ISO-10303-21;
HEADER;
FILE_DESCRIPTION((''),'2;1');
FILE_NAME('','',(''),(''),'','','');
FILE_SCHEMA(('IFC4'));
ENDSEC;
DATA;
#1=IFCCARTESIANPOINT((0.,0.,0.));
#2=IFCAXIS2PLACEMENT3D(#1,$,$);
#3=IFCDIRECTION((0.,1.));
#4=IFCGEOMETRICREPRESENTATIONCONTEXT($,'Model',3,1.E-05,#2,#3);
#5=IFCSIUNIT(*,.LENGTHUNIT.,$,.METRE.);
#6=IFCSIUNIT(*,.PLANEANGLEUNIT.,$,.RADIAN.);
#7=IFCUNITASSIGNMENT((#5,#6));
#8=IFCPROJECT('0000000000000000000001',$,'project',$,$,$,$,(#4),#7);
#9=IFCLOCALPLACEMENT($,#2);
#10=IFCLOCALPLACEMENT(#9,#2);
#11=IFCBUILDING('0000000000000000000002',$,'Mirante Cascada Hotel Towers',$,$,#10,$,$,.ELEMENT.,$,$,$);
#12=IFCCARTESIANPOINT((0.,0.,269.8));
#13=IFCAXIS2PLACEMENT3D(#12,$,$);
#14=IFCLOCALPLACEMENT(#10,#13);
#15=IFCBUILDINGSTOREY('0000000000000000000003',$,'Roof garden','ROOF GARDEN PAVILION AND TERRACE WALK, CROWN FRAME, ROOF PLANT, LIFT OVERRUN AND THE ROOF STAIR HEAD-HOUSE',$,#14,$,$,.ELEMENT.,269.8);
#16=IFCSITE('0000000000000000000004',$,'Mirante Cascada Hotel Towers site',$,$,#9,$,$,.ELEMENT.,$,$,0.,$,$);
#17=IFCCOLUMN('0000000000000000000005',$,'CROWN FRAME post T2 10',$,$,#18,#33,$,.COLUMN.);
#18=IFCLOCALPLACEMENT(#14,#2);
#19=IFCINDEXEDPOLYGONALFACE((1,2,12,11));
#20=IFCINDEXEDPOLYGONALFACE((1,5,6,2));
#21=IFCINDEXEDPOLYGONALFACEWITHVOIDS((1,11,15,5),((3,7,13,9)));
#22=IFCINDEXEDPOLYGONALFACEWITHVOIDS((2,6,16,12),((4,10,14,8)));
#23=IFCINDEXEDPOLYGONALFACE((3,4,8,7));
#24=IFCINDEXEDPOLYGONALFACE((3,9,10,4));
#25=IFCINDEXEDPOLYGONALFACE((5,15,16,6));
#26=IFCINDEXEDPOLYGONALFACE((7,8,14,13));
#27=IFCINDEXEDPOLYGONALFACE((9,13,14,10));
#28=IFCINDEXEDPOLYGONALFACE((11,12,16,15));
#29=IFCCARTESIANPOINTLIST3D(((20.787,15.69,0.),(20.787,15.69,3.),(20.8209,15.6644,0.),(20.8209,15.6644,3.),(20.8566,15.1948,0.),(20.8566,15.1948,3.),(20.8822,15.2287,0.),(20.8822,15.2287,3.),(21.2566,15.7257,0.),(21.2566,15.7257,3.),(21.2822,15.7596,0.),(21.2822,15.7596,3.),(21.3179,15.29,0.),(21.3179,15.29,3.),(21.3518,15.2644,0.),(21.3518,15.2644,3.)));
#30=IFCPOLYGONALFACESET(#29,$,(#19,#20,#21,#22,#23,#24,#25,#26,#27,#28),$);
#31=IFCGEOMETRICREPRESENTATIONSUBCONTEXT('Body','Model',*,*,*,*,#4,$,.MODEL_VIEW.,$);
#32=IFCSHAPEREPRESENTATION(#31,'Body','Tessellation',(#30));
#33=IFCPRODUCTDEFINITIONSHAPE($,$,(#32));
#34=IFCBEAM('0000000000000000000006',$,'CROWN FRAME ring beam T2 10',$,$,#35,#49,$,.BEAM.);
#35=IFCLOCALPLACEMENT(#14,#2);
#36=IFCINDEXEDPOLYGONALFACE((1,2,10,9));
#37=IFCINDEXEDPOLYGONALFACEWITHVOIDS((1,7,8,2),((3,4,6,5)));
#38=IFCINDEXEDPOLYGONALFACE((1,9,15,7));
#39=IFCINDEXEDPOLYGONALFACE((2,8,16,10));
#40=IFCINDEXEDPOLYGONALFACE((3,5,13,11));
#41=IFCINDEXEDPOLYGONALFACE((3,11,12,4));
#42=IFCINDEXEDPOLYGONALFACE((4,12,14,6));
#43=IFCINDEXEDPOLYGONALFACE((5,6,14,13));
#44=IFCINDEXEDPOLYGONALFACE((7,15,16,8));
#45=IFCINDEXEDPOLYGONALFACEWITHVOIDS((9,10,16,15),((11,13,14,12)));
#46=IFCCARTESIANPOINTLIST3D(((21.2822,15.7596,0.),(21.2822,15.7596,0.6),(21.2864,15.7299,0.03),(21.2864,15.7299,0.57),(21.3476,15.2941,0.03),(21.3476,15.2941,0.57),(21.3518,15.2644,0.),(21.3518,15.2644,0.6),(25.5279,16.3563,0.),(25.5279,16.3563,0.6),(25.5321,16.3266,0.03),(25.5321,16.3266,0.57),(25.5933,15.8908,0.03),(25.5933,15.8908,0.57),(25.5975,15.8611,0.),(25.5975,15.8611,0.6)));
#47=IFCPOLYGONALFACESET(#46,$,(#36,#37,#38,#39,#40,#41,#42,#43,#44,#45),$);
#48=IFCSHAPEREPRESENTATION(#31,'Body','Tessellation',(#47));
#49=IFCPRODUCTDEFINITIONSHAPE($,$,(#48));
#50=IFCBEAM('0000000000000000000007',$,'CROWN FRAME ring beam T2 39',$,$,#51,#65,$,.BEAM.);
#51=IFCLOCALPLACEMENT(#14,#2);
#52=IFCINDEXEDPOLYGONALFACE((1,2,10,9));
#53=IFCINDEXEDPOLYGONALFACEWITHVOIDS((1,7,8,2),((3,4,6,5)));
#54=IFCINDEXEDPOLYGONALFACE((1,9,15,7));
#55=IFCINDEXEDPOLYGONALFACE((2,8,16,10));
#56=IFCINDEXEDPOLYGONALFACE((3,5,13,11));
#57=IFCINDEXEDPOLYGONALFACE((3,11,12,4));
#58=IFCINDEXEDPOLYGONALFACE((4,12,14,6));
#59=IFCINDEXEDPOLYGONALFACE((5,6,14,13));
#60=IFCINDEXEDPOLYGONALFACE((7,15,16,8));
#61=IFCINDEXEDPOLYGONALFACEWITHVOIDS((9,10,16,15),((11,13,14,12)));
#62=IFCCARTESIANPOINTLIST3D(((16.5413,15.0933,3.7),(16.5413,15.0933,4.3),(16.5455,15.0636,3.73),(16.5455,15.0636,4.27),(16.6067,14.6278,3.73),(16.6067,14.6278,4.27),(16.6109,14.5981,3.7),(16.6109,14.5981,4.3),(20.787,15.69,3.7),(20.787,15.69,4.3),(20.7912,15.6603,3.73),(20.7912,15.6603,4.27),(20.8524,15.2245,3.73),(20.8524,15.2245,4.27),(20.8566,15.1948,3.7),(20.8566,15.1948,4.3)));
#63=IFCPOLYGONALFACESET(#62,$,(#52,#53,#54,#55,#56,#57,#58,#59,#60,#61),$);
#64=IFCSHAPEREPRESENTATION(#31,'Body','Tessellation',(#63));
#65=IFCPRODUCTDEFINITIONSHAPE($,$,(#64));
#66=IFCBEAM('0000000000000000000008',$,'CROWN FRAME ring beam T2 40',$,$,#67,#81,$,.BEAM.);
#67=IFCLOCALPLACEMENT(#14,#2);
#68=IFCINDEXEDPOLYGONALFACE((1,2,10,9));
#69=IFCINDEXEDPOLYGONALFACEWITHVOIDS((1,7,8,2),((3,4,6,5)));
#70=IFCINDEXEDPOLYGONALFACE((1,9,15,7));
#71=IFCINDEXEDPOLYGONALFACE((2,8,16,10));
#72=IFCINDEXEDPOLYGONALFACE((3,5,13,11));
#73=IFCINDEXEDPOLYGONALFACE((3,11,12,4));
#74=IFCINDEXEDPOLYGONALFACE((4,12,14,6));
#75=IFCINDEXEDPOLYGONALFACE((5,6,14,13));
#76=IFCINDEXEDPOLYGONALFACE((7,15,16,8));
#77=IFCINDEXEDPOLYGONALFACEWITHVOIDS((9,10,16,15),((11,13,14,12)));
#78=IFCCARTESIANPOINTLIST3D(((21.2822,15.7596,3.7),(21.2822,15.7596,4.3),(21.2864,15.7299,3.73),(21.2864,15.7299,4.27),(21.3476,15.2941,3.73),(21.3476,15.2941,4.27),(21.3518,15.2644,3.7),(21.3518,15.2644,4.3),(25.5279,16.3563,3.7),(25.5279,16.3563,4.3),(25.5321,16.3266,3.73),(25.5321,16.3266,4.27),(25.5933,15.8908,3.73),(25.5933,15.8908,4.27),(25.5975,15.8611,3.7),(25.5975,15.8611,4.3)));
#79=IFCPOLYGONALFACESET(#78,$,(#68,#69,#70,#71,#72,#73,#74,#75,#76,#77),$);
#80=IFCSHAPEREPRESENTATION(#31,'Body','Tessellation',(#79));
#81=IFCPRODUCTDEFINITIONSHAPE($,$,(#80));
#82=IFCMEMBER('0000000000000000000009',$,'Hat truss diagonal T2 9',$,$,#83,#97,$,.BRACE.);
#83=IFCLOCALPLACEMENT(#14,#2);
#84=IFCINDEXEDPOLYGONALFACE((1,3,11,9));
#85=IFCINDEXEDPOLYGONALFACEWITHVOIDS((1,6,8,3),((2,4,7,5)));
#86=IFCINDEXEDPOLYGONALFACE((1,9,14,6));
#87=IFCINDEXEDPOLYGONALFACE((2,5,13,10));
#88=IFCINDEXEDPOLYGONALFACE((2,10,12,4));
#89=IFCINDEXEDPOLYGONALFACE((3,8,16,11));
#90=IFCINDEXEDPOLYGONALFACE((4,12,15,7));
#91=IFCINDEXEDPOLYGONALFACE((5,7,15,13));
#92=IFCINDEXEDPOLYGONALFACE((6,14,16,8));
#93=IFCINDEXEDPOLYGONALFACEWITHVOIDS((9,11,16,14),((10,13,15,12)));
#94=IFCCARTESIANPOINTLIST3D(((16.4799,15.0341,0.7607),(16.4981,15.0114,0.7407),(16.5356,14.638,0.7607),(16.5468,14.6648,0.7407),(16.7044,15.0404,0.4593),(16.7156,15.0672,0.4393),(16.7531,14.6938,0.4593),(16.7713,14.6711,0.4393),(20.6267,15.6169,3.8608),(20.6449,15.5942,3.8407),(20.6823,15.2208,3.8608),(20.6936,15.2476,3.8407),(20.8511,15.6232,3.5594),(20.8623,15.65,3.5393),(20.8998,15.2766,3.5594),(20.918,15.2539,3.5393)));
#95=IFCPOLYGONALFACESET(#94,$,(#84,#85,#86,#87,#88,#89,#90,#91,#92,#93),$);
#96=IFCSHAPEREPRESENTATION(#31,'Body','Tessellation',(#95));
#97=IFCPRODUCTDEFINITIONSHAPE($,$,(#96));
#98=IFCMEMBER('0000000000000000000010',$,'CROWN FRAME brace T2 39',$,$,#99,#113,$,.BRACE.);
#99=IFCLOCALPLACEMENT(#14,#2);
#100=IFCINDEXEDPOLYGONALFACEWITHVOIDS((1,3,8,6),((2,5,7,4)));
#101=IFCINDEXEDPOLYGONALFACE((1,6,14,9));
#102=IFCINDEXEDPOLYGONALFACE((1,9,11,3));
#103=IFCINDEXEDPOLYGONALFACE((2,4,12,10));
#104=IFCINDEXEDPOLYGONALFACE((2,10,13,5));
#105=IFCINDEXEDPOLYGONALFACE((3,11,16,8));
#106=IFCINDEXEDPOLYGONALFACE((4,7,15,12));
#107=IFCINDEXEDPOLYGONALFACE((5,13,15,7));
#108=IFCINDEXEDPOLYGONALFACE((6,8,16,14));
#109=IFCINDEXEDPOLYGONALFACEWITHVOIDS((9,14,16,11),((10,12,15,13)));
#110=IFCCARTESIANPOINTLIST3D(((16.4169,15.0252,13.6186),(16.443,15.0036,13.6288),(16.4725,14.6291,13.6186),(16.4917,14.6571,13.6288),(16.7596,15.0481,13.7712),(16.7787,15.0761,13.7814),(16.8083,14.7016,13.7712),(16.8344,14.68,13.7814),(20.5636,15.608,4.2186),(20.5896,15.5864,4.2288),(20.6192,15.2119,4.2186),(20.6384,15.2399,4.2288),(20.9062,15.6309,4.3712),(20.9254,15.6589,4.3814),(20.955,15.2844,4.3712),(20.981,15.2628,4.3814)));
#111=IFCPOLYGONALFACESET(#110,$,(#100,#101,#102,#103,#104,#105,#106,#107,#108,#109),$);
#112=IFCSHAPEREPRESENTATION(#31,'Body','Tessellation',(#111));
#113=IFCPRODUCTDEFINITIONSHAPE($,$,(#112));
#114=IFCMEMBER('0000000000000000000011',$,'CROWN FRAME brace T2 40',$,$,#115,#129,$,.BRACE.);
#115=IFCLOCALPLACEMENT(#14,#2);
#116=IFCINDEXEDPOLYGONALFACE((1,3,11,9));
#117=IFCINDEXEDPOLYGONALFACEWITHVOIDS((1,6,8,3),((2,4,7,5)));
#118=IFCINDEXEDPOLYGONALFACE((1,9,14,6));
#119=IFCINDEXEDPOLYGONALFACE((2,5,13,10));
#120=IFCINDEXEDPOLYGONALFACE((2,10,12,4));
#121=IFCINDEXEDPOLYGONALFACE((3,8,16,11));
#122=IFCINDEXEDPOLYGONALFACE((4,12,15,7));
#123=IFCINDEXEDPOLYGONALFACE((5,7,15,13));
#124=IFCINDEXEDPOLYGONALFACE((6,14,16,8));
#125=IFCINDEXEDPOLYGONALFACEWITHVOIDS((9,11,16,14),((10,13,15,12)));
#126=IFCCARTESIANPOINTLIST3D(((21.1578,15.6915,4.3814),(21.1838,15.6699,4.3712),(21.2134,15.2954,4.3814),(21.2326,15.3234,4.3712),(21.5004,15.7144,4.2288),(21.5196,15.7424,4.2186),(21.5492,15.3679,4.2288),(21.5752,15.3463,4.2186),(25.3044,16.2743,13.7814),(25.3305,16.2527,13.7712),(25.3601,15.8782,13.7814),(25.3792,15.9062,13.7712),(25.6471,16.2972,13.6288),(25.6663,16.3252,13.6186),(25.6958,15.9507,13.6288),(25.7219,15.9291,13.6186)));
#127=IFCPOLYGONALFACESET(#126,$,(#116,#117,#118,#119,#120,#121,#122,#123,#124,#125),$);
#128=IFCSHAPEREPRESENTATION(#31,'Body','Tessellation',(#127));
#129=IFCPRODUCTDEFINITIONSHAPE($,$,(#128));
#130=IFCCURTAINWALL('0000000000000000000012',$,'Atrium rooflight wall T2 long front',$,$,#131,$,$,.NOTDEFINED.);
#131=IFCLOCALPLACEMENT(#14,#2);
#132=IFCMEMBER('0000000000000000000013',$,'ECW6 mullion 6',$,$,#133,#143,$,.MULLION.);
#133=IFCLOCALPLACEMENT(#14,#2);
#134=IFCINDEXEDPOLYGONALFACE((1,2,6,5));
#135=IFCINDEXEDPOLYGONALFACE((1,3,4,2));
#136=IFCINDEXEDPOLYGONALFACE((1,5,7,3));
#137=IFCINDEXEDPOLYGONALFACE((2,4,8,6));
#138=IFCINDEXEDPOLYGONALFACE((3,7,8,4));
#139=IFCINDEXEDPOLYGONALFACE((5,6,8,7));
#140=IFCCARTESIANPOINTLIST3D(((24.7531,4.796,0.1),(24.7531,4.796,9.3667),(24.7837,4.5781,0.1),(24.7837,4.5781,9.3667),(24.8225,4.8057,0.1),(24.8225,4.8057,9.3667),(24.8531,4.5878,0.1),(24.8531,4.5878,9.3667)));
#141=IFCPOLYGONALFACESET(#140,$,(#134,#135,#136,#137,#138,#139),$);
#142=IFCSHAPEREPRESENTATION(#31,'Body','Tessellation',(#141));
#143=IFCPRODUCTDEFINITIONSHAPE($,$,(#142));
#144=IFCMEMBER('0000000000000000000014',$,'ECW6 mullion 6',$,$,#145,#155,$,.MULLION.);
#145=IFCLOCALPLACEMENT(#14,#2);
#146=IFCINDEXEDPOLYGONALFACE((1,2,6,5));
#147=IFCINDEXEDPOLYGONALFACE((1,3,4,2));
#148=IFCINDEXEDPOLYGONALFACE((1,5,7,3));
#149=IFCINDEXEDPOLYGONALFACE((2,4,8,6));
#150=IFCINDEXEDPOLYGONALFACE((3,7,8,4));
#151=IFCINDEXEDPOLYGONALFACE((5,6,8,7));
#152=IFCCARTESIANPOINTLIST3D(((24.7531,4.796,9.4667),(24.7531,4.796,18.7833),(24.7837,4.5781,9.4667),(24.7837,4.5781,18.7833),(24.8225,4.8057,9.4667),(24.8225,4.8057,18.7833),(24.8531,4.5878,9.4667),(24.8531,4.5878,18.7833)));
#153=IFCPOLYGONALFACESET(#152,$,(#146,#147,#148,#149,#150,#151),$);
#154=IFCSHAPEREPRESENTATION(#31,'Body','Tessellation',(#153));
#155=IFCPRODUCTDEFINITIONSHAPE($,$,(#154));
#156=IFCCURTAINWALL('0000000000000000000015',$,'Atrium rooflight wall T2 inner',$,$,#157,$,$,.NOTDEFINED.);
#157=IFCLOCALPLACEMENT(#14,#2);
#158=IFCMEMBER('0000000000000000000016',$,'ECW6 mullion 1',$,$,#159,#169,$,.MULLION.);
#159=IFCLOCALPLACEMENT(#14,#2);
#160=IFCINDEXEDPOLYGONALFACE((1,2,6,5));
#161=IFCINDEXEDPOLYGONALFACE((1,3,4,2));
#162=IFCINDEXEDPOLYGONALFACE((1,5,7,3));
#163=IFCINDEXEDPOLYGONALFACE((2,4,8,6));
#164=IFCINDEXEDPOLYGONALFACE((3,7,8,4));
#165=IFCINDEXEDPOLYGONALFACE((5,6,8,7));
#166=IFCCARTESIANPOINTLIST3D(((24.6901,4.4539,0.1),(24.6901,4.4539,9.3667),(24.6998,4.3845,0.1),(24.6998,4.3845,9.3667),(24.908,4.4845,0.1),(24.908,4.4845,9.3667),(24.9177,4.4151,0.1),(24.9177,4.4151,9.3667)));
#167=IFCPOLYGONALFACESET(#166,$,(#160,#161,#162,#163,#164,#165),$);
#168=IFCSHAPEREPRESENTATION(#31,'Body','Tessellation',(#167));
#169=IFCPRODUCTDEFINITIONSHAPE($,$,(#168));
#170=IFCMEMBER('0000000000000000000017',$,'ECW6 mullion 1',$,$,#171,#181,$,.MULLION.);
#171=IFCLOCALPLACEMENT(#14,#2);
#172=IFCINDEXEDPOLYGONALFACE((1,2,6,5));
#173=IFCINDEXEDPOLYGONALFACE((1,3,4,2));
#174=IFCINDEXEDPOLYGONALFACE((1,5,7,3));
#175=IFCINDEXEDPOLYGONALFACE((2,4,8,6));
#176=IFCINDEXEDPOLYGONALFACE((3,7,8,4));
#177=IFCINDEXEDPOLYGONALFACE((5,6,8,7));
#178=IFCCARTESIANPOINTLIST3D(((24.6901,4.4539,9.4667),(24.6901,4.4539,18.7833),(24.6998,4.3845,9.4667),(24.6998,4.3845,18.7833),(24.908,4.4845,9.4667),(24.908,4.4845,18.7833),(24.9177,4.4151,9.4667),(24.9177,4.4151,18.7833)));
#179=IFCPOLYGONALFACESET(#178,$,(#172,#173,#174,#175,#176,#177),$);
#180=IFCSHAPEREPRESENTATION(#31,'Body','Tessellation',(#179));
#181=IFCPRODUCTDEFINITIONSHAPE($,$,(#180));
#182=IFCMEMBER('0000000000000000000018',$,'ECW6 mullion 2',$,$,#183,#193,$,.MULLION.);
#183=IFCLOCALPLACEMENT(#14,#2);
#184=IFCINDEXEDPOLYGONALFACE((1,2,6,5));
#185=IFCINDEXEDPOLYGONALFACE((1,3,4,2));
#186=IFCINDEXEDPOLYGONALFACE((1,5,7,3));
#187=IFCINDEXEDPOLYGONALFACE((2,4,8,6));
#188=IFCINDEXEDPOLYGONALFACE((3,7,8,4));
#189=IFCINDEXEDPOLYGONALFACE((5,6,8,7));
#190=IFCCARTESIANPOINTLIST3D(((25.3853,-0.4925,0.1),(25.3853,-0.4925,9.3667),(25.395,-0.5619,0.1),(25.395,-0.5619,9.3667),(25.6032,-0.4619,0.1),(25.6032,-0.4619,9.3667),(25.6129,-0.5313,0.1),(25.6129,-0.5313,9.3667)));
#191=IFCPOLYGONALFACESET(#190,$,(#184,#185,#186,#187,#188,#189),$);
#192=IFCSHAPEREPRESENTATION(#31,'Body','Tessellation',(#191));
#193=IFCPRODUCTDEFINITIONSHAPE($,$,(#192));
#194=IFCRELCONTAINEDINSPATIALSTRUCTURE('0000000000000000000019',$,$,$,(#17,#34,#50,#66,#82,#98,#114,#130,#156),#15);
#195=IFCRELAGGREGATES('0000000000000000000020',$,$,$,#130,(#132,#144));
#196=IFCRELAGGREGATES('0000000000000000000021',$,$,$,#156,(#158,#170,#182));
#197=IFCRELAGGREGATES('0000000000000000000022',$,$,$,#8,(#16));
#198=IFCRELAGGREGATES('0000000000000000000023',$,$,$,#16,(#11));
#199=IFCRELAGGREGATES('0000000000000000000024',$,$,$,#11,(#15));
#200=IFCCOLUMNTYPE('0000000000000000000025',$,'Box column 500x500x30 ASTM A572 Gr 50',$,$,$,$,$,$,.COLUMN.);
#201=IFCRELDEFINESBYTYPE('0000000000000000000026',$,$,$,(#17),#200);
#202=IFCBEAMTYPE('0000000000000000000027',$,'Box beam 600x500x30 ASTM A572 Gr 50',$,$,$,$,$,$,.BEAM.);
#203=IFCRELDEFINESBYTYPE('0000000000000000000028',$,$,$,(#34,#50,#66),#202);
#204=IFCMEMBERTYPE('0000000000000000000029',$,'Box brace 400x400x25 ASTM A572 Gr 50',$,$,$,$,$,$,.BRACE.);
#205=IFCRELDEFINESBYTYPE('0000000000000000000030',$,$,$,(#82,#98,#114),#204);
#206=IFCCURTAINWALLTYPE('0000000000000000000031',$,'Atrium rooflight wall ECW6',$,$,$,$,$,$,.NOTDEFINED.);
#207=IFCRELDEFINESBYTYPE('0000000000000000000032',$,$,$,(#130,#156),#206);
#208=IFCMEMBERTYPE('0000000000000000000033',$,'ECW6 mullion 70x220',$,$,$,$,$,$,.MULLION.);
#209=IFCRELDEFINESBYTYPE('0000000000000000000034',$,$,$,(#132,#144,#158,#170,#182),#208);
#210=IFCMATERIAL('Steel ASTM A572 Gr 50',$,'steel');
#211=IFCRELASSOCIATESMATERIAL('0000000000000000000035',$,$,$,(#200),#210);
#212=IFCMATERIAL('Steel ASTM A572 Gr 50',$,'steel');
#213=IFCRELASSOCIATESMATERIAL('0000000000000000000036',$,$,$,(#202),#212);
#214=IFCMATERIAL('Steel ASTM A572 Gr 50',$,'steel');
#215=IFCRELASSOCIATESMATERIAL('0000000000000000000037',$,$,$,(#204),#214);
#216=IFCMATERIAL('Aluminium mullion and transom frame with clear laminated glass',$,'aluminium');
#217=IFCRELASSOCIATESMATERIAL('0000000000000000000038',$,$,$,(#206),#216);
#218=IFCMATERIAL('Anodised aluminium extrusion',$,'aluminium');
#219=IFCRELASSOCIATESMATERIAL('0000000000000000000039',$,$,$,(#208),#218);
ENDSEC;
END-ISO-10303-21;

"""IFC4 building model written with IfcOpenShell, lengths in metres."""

from ifc_helpers import new_model, si_unit, direction, frame, origin, origin_2d, place, context, subcontext, project, spatial, rectangle, hollow_rectangle, extrude, material, material_profile, profile_set, type_object, element, aggregate, save


model = new_model("IFC4")

# Units and contexts
model_context = context("Model", 3, precision=1e-05, world=origin(), true_north=direction((0.0, 1.0)))
body_context = subcontext(model_context, "Body", "Model", "MODEL_VIEW")
ifc_project = project(units=[si_unit("LENGTHUNIT", "METRE"), si_unit("PLANEANGLEUNIT", "RADIAN")], contexts=[model_context])

# Site, building, storey
site_placement = place(None, origin())
site = spatial("IfcSite", under=ifc_project, at=site_placement, Name="Mirante Cascada Hotel Towers site", CompositionType="ELEMENT", RefElevation=0.0)
building_placement = place(site_placement, origin())
building = spatial("IfcBuilding", under=site, at=building_placement, Name="Mirante Cascada Hotel Towers", CompositionType="ELEMENT")
storey_placement = place(building_placement, frame((0.0, 0.0, 269.8)))
storey = spatial("IfcBuildingStorey", under=building, at=storey_placement, Name="Roof garden", Description="ROOF GARDEN PAVILION AND TERRACE WALK, CROWN FRAME, ROOF PLANT, LIFT OVERRUN AND THE ROOF STAIR HEAD-HOUSE", CompositionType="ELEMENT", Elevation=269.8)

# Column
ifc_material_1 = material(Name="Steel ASTM A572 Gr 50", Category="steel")
ifc_material_profile_1 = material_profile(ifc_material_1, hollow_rectangle(XDim=0.5, YDim=0.5, WallThickness=0.03, at=origin_2d()), Name="Box column 500x500x30 ASTM A572 Gr 50")
ifc_profile_set_1 = profile_set([ifc_material_profile_1], Name="Steel ASTM A572 Gr 50")
column_type = type_object("IfcColumnType", Name="Box column 500x500x30 ASTM A572 Gr 50", PredefinedType="COLUMN", material=ifc_profile_set_1)
column_placement = place(storey_placement, frame((21.0694, 15.4772, 0.0), z_axis=(0.0, 0.0, 1.0), x_axis=(0.990268, 0.139173, 0.0)))
element("IfcColumn", 1, at=column_placement, inside=storey, type_object=column_type, Name="CROWN FRAME post T2 10", PredefinedType="COLUMN", context=body_context, shape_type="SweptSolid", body=[
    extrude(hollow_rectangle(XDim=0.5, YDim=0.5, WallThickness=0.03, at=origin_2d()), origin(), (0.0, 0.0, 1.0), 3.0),
])

# Beams
ifc_material_2 = material(Name="Steel ASTM A572 Gr 50", Category="steel")
ifc_material_profile_2 = material_profile(ifc_material_2, hollow_rectangle(XDim=0.5, YDim=0.6, WallThickness=0.03, at=origin_2d()), Name="Box beam 600x500x30 ASTM A572 Gr 50")
ifc_profile_set_2 = profile_set([ifc_material_profile_2], Name="Steel ASTM A572 Gr 50")
beam_type = type_object("IfcBeamType", Name="Box beam 600x500x30 ASTM A572 Gr 50", PredefinedType="BEAM", material=ifc_profile_set_2)
for number, where, z_axis, x_axis, name in (
    (2, (21.317, 15.512, 0.3), (0.990268, 0.139174, 0.0), (-0.139174, 0.990268, 0.0), "CROWN FRAME ring beam T2 10"),
    (3, (16.5761, 14.8457, 4.0), (0.990268, 0.139174, 0.0), (-0.139174, 0.990268, 0.0), "CROWN FRAME ring beam T2 39"),
    (4, (21.317, 15.512, 4.0), (0.990268, 0.139174, 0.0), (-0.139174, 0.990268, 0.0), "CROWN FRAME ring beam T2 40"),
):
    element("IfcBeam", number, at=place(storey_placement, frame(where, z_axis=z_axis, x_axis=x_axis)), inside=storey, type_object=beam_type, Name=name, PredefinedType="BEAM", context=body_context, shape_type="SweptSolid", body=[
        extrude(hollow_rectangle(XDim=0.5, YDim=0.6, WallThickness=0.03, at=origin_2d()), origin(), (0.0, 0.0, 1.0), 4.2874),
    ])

# Members
ifc_material_3 = material(Name="Steel ASTM A572 Gr 50", Category="steel")
ifc_material_profile_3 = material_profile(ifc_material_3, hollow_rectangle(XDim=0.4, YDim=0.4, WallThickness=0.025, at=origin_2d()), Name="Box brace 400x400x25 ASTM A572 Gr 50")
ifc_profile_set_3 = profile_set([ifc_material_profile_3], Name="Steel ASTM A572 Gr 50")
member_type_1 = type_object("IfcMemberType", Name="Box brace 400x400x25 ASTM A572 Gr 50", PredefinedType="BRACE", material=ifc_profile_set_3)
member_1_placement = place(storey_placement, frame((16.6256, 14.8526, 0.6), z_axis=(0.795902, 0.11186, 0.595002), x_axis=(-0.139178, 0.990267, 0.0)))
element("IfcMember", 5, at=member_1_placement, inside=storey, type_object=member_type_1, Name="Hat truss diagonal T2 9", PredefinedType="BRACE", context=body_context, shape_type="SweptSolid", body=[
    extrude(hollow_rectangle(XDim=0.4, YDim=0.4, WallThickness=0.025, at=origin_2d()), origin(), (0.0, 0.0, 1.0), 5.2101),
])
for number, where, z_axis, x_axis, name in (
    (6, (20.7723, 15.4354, 4.3), (-0.402963, -0.056635, 0.913462), (0.139178, -0.990267, 0.0), "CROWN FRAME brace T2 39"),
    (7, (21.3665, 15.5189, 4.3), (0.402963, 0.056635, 0.913462), (-0.139178, 0.990267, 0.0), "CROWN FRAME brace T2 40"),
):
    element("IfcMember", number, at=place(storey_placement, frame(where, z_axis=z_axis, x_axis=x_axis)), inside=storey, type_object=member_type_1, Name=name, PredefinedType="BRACE", context=body_context, shape_type="SweptSolid", body=[
        extrude(hollow_rectangle(XDim=0.4, YDim=0.4, WallThickness=0.025, at=origin_2d()), origin(), (0.0, 0.0, 1.0), 10.2905),
    ])

# Curtain wall, members
ifc_material_4 = material(Name="Aluminium mullion and transom frame with clear laminated glass", Category="aluminium")
curtain_wall_type = type_object("IfcCurtainWallType", Name="Atrium rooflight wall ECW6", PredefinedType="NOTDEFINED", material=ifc_material_4)
curtain_wall_1_placement = place(storey_placement, origin())
curtain_wall_1 = element("IfcCurtainWall", 8, at=curtain_wall_1_placement, inside=storey, type_object=curtain_wall_type, Name="Atrium rooflight wall T2 long front", PredefinedType="NOTDEFINED")
ifc_material_5 = material(Name="Anodised aluminium extrusion", Category="aluminium")
ifc_material_profile_4 = material_profile(ifc_material_5, rectangle(XDim=0.22, YDim=0.07, at=origin_2d()), Name="ECW6 MULLION 70x220")
ifc_profile_set_4 = profile_set([ifc_material_profile_4], Name="Anodised aluminium extrusion")
member_type_2 = type_object("IfcMemberType", Name="ECW6 mullion 70x220", PredefinedType="MULLION", material=ifc_profile_set_4)
member_2_placement = place(storey_placement, frame((24.8031, 4.6919, 0.1), z_axis=(0.0, 0.0, 1.0), x_axis=(0.139173, -0.990268, 0.0)))
member_2 = element("IfcMember", 9, at=member_2_placement, type_object=member_type_2, Name="ECW6 mullion 6", PredefinedType="MULLION", context=body_context, shape_type="SweptSolid", body=[
    extrude(rectangle(XDim=0.22, YDim=0.07, at=origin_2d()), origin(), (0.0, 0.0, 1.0), 9.2667),
])
member_3_placement = place(storey_placement, frame((24.8031, 4.6919, 9.4667), z_axis=(0.0, 0.0, 1.0), x_axis=(0.139173, -0.990268, 0.0)))
member_3 = element("IfcMember", 10, at=member_3_placement, type_object=member_type_2, Name="ECW6 mullion 6", PredefinedType="MULLION", context=body_context, shape_type="SweptSolid", body=[
    extrude(rectangle(XDim=0.22, YDim=0.07, at=origin_2d()), origin(), (0.0, 0.0, 1.0), 9.3166),
])
aggregate(curtain_wall_1, [member_2, member_3])

# Curtain wall, members
curtain_wall_2_placement = place(storey_placement, origin())
curtain_wall_2 = element("IfcCurtainWall", 11, at=curtain_wall_2_placement, inside=storey, type_object=curtain_wall_type, Name="Atrium rooflight wall T2 inner", PredefinedType="NOTDEFINED")
member_4_placement = place(storey_placement, frame((24.8039, 4.4345, 0.1), z_axis=(0.0, 0.0, 1.0), x_axis=(0.990268, 0.139173, 0.0)))
member_4 = element("IfcMember", 12, at=member_4_placement, type_object=member_type_2, Name="ECW6 mullion 1", PredefinedType="MULLION", context=body_context, shape_type="SweptSolid", body=[
    extrude(rectangle(XDim=0.22, YDim=0.07, at=origin_2d()), origin(), (0.0, 0.0, 1.0), 9.2667),
])
member_5_placement = place(storey_placement, frame((24.8039, 4.4345, 9.4667), z_axis=(0.0, 0.0, 1.0), x_axis=(0.990268, 0.139173, 0.0)))
member_5 = element("IfcMember", 13, at=member_5_placement, type_object=member_type_2, Name="ECW6 mullion 1", PredefinedType="MULLION", context=body_context, shape_type="SweptSolid", body=[
    extrude(rectangle(XDim=0.22, YDim=0.07, at=origin_2d()), origin(), (0.0, 0.0, 1.0), 9.3166),
])
member_6_placement = place(storey_placement, frame((25.4991, -0.5119, 0.1), z_axis=(0.0, 0.0, 1.0), x_axis=(0.990268, 0.139173, 0.0)))
member_6 = element("IfcMember", 14, at=member_6_placement, type_object=member_type_2, Name="ECW6 mullion 2", PredefinedType="MULLION", context=body_context, shape_type="SweptSolid", body=[
    extrude(rectangle(XDim=0.22, YDim=0.07, at=origin_2d()), origin(), (0.0, 0.0, 1.0), 9.2667),
])
aggregate(curtain_wall_2, [member_4, member_5, member_6])

save(model, "model.ifc")
